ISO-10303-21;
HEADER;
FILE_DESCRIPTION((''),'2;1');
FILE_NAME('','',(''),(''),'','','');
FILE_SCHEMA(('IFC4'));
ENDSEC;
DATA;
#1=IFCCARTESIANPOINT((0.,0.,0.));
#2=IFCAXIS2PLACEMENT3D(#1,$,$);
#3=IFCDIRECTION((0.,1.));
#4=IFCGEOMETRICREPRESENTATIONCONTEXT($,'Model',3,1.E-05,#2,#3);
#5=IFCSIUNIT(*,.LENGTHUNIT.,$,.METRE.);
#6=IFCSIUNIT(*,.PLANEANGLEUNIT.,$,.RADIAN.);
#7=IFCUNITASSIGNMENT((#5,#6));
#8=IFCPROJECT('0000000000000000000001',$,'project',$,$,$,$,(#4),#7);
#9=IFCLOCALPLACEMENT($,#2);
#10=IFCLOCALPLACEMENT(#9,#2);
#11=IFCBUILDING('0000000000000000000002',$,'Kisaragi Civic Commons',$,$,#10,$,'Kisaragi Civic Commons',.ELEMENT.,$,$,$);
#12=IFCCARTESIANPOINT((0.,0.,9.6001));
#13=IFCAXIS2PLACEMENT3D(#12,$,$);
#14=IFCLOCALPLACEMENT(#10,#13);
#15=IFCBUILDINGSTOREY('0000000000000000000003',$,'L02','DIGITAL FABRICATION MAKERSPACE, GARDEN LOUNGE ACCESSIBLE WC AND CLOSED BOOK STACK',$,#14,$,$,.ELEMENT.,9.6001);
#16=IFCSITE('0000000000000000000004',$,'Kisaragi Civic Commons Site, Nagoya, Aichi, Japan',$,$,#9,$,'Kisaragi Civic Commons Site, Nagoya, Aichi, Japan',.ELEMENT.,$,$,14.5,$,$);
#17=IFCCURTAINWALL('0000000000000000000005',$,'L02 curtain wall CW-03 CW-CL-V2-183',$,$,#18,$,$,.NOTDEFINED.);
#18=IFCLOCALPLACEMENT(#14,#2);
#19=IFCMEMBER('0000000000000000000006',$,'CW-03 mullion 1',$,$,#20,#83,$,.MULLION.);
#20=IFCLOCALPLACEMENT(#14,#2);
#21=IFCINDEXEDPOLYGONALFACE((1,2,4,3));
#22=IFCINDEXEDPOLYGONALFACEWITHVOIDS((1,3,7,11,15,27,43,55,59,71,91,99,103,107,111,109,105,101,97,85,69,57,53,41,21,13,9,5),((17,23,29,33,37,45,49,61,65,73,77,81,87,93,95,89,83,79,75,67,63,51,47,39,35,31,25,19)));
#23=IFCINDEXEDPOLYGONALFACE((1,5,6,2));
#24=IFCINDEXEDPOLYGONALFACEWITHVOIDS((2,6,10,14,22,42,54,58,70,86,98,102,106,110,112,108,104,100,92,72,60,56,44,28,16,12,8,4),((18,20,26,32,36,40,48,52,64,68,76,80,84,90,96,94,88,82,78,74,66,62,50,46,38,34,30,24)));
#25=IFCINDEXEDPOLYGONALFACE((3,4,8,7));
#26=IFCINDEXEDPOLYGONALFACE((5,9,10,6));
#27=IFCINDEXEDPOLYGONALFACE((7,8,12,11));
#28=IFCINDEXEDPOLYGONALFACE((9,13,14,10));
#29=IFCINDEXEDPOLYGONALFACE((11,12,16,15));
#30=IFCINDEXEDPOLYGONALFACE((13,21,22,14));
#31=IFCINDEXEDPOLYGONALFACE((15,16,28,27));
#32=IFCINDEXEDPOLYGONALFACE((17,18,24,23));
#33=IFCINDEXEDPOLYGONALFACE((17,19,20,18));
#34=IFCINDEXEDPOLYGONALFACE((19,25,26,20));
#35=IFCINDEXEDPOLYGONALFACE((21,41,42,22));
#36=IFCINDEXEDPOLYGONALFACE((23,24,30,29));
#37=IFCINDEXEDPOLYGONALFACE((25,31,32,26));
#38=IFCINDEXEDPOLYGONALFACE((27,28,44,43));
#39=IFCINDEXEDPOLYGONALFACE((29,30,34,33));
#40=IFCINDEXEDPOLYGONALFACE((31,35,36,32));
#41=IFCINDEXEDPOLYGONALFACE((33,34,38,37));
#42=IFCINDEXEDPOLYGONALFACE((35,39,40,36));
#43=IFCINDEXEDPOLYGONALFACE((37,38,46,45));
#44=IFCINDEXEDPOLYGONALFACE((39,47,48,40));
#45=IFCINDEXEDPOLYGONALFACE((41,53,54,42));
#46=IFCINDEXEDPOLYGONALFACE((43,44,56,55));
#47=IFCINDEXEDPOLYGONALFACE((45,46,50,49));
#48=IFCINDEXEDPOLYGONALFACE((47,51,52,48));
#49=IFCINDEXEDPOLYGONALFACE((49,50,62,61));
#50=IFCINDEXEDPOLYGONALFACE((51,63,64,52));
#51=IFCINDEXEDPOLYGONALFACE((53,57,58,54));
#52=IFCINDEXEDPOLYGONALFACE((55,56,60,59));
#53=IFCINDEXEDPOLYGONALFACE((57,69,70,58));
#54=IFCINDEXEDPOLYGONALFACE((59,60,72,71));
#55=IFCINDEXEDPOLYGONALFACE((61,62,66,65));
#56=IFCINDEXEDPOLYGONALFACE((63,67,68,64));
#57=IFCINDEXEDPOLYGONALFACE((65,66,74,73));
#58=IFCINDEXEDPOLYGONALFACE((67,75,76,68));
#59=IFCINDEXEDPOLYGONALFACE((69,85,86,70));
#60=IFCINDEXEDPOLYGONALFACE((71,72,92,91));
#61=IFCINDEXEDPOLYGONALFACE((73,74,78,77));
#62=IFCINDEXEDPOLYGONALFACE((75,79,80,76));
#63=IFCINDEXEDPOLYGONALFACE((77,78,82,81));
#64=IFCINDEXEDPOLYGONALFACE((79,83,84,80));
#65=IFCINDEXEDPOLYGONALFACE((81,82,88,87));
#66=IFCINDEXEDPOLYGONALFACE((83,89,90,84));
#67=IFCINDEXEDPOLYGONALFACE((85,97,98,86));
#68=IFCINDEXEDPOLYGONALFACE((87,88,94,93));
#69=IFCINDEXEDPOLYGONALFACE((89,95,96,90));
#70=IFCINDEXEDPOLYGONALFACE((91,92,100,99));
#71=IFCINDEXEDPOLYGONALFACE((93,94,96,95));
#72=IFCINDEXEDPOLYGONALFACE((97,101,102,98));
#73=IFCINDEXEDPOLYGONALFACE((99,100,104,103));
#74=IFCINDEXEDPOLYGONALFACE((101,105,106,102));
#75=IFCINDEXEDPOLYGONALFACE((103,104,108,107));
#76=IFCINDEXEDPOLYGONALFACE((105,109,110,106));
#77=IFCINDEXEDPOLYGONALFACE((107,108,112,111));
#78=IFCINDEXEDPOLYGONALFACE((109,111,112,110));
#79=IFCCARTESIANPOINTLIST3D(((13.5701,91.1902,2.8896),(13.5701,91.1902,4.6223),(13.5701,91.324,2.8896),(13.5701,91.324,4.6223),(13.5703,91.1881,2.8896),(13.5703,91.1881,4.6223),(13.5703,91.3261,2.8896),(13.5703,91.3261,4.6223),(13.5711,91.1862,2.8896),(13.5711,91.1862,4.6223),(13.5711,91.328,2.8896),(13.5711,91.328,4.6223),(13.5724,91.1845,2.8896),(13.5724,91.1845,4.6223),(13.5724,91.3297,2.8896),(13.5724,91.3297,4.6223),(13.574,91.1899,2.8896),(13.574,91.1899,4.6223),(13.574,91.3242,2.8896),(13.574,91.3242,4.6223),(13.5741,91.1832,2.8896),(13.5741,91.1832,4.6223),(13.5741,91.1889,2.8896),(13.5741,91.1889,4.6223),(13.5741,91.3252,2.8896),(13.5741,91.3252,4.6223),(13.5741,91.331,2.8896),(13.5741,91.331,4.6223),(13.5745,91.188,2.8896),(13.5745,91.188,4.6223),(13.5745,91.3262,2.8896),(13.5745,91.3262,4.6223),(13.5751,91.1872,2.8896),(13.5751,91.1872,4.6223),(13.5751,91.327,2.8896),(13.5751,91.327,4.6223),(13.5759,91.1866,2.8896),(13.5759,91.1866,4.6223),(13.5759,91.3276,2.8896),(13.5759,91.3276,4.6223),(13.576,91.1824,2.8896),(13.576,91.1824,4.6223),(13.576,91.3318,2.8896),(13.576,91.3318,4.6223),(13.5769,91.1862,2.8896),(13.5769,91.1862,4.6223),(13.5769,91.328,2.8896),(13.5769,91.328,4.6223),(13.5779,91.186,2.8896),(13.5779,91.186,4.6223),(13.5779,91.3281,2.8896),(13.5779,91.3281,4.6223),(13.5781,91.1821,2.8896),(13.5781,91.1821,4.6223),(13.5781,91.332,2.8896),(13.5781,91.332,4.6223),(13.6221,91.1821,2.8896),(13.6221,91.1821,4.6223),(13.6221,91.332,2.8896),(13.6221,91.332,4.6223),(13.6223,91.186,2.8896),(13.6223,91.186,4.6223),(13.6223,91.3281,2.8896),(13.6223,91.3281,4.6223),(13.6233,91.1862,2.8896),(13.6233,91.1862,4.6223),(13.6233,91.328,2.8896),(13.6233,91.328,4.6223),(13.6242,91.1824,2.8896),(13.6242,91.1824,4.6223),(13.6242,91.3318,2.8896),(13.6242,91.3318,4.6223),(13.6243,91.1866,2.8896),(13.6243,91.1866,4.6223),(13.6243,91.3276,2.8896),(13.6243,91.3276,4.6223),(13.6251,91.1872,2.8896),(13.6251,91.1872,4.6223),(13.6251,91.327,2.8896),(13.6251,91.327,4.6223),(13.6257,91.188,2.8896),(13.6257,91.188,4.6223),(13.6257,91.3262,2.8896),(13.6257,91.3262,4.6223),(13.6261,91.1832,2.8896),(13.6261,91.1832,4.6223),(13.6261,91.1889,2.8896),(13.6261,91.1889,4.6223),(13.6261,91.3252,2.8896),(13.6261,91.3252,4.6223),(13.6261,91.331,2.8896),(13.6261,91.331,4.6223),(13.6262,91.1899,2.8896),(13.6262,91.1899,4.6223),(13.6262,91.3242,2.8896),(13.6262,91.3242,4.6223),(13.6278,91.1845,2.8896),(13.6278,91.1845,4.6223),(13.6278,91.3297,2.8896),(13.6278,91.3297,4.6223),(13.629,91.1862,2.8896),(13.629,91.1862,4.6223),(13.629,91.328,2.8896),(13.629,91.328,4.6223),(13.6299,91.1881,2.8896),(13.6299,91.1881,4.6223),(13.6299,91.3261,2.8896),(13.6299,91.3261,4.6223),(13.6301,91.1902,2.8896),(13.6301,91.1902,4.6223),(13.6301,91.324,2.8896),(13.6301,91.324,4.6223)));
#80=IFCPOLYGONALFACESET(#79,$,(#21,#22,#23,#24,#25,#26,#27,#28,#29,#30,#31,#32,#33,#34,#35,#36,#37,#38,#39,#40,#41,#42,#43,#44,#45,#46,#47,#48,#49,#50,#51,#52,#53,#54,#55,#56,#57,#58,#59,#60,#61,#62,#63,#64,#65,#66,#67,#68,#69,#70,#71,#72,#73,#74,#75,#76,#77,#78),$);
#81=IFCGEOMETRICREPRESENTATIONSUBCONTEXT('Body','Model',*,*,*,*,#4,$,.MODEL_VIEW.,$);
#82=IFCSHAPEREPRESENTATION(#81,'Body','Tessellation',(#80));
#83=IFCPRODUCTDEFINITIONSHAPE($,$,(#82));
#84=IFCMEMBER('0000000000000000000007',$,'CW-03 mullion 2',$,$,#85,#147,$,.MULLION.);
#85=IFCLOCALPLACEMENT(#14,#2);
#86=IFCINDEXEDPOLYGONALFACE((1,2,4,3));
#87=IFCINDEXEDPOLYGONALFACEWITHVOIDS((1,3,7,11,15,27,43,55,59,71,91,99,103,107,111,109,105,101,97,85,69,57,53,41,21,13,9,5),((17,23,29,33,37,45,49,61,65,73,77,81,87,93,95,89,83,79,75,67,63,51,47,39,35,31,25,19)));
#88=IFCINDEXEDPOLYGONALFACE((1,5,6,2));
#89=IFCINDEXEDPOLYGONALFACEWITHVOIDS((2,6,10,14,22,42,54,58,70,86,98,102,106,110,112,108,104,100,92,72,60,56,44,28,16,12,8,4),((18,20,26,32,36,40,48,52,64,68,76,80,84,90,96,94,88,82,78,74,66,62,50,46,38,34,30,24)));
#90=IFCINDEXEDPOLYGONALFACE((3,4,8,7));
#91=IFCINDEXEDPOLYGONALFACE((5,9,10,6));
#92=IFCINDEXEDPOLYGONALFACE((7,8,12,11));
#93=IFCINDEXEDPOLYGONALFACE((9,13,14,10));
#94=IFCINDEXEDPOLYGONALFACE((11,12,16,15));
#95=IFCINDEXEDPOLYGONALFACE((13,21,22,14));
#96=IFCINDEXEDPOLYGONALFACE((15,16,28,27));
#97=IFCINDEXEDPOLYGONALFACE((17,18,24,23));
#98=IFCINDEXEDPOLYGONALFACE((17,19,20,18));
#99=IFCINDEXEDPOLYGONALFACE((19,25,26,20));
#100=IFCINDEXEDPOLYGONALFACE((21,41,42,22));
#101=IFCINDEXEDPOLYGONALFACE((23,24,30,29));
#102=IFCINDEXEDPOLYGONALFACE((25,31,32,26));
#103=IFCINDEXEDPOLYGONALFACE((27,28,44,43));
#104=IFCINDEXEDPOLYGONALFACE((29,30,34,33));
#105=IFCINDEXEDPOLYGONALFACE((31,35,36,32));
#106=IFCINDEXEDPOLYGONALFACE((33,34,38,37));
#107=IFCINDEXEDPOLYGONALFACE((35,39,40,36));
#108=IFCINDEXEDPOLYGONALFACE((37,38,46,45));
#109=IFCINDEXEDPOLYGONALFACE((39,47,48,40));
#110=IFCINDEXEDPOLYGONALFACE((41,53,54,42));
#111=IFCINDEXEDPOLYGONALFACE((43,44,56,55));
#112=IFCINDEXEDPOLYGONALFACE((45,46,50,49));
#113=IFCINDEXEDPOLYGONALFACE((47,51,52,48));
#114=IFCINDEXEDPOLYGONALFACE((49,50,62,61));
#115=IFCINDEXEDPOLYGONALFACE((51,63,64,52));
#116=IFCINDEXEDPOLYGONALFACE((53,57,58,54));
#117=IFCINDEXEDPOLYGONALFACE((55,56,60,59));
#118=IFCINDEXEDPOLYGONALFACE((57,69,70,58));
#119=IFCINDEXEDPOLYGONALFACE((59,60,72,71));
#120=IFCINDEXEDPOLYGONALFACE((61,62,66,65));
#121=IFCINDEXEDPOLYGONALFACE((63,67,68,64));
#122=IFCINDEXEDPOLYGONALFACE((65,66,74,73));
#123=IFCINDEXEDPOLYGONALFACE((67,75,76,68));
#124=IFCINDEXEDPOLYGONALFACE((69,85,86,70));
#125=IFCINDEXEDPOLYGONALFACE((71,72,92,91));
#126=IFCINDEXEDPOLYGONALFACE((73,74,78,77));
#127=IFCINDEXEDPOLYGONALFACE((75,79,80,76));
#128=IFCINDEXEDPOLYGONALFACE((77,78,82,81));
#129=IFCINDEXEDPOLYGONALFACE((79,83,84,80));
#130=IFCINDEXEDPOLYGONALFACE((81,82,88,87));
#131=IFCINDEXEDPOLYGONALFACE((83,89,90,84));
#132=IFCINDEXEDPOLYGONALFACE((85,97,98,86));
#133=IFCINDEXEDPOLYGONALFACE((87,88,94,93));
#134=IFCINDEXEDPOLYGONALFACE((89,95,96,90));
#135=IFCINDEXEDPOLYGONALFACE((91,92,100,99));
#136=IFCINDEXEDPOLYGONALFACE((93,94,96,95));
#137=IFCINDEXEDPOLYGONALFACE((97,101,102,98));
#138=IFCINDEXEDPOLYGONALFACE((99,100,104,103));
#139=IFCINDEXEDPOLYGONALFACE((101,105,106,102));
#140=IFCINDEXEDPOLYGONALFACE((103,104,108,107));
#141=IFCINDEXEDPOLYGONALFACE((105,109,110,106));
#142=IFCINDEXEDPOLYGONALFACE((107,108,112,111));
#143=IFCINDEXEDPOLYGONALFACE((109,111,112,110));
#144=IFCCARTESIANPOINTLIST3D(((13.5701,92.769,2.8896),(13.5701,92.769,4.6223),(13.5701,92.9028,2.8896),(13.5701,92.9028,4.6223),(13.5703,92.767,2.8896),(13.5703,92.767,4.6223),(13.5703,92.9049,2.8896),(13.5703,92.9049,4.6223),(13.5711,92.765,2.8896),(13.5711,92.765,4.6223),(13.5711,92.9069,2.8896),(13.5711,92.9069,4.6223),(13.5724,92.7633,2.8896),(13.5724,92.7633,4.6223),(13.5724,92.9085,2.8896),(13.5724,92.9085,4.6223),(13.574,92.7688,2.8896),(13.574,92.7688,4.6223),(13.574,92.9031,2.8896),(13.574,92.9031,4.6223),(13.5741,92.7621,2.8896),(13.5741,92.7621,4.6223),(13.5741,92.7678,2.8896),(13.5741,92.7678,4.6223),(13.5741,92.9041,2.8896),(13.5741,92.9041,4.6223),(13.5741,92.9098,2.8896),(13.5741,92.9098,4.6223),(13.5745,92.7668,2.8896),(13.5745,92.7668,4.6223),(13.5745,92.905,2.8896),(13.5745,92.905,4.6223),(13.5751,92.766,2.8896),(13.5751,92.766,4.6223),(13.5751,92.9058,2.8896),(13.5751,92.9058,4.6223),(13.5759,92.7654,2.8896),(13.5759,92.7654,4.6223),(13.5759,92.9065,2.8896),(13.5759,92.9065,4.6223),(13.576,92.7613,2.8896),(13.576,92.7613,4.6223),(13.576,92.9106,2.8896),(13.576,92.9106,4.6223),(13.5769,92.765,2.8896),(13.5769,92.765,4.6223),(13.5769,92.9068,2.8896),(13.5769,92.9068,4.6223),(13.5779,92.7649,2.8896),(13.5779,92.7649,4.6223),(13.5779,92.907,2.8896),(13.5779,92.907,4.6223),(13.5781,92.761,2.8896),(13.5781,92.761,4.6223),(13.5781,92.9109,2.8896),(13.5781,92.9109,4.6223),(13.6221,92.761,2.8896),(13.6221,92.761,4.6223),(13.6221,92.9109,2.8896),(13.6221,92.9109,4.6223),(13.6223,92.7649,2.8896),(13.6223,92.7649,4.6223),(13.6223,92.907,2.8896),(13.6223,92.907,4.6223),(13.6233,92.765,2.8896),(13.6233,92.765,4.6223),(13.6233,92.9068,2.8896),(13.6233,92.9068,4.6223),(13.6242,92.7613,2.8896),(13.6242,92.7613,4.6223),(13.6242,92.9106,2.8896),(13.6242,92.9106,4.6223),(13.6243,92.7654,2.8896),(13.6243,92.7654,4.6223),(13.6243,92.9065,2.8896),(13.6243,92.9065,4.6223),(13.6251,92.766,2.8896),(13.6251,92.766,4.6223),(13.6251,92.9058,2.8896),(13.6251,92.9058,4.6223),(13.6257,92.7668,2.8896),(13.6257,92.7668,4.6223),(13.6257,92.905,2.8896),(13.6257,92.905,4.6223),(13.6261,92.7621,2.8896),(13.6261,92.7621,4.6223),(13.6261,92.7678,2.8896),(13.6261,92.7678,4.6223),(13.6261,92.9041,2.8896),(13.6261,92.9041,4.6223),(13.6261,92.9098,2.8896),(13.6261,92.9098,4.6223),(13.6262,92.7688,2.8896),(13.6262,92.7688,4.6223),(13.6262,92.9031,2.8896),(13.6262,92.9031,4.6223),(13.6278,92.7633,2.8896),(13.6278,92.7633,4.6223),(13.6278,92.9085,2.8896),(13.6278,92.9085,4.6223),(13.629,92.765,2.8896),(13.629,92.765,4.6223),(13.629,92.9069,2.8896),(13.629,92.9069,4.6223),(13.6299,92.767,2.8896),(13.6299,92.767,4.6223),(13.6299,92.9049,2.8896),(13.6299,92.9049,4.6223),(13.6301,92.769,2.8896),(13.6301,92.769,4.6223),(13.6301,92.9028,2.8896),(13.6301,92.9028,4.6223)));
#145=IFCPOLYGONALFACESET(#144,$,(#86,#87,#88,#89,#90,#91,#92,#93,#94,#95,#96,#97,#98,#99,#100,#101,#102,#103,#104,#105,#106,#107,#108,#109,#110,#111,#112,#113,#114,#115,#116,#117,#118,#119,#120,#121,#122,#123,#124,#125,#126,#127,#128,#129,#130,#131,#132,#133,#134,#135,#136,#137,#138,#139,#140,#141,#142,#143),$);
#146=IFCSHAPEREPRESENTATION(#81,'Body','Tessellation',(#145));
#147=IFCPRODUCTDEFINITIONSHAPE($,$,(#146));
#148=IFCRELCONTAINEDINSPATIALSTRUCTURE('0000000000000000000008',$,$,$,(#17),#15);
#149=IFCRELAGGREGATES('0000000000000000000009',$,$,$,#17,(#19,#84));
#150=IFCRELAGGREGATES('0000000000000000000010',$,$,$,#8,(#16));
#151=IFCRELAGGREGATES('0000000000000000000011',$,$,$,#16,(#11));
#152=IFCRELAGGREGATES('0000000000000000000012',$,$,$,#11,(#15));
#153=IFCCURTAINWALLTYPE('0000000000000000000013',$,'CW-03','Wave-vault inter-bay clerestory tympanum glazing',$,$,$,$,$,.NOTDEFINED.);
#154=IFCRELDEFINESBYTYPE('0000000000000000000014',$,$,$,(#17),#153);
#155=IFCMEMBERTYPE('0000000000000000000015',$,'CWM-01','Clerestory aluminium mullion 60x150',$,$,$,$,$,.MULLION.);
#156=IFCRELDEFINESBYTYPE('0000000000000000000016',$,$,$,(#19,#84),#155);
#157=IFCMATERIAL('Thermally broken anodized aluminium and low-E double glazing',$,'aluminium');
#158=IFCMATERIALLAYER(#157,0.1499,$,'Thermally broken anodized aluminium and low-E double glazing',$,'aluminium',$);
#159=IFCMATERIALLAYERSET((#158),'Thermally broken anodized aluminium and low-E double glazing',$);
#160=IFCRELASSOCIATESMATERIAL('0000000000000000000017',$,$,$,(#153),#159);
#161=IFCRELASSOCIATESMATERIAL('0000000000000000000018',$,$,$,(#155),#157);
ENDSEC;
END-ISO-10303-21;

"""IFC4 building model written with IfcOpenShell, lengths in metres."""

from ifc_helpers import new_model, si_unit, direction, frame, origin, origin_2d, place, context, subcontext, project, spatial, hollow_rectangle, extrude, material, layer, layer_set, material_profile, profile_set, type_object, element, aggregate, save


model = new_model("IFC4")

# Units and contexts
model_context = context("Model", 3, precision=1e-05, world=origin(), true_north=direction((0.0, 1.0)))
body_context = subcontext(model_context, "Body", "Model", "MODEL_VIEW")
ifc_project = project(units=[si_unit("LENGTHUNIT", "METRE"), si_unit("PLANEANGLEUNIT", "RADIAN")], contexts=[model_context])

# Site, building, storey
site_placement = place(None, origin())
site = spatial("IfcSite", under=ifc_project, at=site_placement, Name="Kisaragi Civic Commons Site, Nagoya, Aichi, Japan", LongName="Kisaragi Civic Commons Site, Nagoya, Aichi, Japan", CompositionType="ELEMENT", RefElevation=14.5)
building_placement = place(site_placement, origin())
building = spatial("IfcBuilding", under=site, at=building_placement, Name="Kisaragi Civic Commons", LongName="Kisaragi Civic Commons", CompositionType="ELEMENT")
storey_placement = place(building_placement, frame((0.0, 0.0, 9.6001)))
storey = spatial("IfcBuildingStorey", under=building, at=storey_placement, Name="L02", Description="DIGITAL FABRICATION MAKERSPACE, GARDEN LOUNGE ACCESSIBLE WC AND CLOSED BOOK STACK", CompositionType="ELEMENT", Elevation=9.6001)

# Curtain wall, members
ifc_material_1 = material(Name="Thermally broken anodized aluminium and low-E double glazing", Category="aluminium")
ifc_layer_1 = layer(ifc_material_1, 0.1499, Name="Thermally broken anodized aluminium and low-E double glazing", Category="aluminium")
ifc_layer_set_1 = layer_set([ifc_layer_1], Name="Thermally broken anodized aluminium and low-E double glazing")
curtain_wall_type = type_object("IfcCurtainWallType", Name="CW-03", Description="Wave-vault inter-bay clerestory tympanum glazing", PredefinedType="NOTDEFINED", material=ifc_layer_set_1)
curtain_wall_1_placement = place(storey_placement, origin())
curtain_wall_1 = element("IfcCurtainWall", 1, at=curtain_wall_1_placement, inside=storey, type_object=curtain_wall_type, Name="L02 curtain wall CW-03 CW-CL-V2-183", PredefinedType="NOTDEFINED")
ifc_material_profile_1 = material_profile(ifc_material_1, hollow_rectangle(XDim=0.0601, YDim=0.1499, WallThickness=0.0039, InnerFilletRadius=0.0039, OuterFilletRadius=0.0081, at=origin_2d()), Name="CWM-60x150x4", Category="aluminium")
ifc_profile_set_1 = profile_set([ifc_material_profile_1], Name="Thermally broken anodized aluminium and low-E double glazing")
member_type_1 = type_object("IfcMemberType", Name="CWM-01", Description="Clerestory aluminium mullion 60x150", PredefinedType="MULLION", material=ifc_profile_set_1)
member_1_placement = place(storey_placement, frame((13.6001, 91.2571, 2.8896), z_axis=(0.0, 0.0, 1.0), x_axis=(-1.0, 0.0, 0.0)))
member_1 = element("IfcMember", 2, at=member_1_placement, type_object=member_type_1, Name="CW-03 mullion 1", PredefinedType="MULLION", context=body_context, shape_type="SweptSolid", body=[
    extrude(hollow_rectangle(XDim=0.0601, YDim=0.1499, WallThickness=0.0039, InnerFilletRadius=0.0039, OuterFilletRadius=0.0081, at=origin_2d()), origin(), (0.0, 0.0, 1.0), 1.7327),
])
member_2_placement = place(storey_placement, frame((13.6001, 92.8359, 2.8896), z_axis=(0.0, 0.0, 1.0), x_axis=(-1.0, 0.0, 0.0)))
member_2 = element("IfcMember", 3, at=member_2_placement, type_object=member_type_1, Name="CW-03 mullion 2", PredefinedType="MULLION", context=body_context, shape_type="SweptSolid", body=[
    extrude(hollow_rectangle(XDim=0.0601, YDim=0.1499, WallThickness=0.0039, InnerFilletRadius=0.0039, OuterFilletRadius=0.0081, at=origin_2d()), origin(), (0.0, 0.0, 1.0), 1.7327),
])

aggregate(curtain_wall_1, [member_1, member_2])

save(model, "model.ifc")
